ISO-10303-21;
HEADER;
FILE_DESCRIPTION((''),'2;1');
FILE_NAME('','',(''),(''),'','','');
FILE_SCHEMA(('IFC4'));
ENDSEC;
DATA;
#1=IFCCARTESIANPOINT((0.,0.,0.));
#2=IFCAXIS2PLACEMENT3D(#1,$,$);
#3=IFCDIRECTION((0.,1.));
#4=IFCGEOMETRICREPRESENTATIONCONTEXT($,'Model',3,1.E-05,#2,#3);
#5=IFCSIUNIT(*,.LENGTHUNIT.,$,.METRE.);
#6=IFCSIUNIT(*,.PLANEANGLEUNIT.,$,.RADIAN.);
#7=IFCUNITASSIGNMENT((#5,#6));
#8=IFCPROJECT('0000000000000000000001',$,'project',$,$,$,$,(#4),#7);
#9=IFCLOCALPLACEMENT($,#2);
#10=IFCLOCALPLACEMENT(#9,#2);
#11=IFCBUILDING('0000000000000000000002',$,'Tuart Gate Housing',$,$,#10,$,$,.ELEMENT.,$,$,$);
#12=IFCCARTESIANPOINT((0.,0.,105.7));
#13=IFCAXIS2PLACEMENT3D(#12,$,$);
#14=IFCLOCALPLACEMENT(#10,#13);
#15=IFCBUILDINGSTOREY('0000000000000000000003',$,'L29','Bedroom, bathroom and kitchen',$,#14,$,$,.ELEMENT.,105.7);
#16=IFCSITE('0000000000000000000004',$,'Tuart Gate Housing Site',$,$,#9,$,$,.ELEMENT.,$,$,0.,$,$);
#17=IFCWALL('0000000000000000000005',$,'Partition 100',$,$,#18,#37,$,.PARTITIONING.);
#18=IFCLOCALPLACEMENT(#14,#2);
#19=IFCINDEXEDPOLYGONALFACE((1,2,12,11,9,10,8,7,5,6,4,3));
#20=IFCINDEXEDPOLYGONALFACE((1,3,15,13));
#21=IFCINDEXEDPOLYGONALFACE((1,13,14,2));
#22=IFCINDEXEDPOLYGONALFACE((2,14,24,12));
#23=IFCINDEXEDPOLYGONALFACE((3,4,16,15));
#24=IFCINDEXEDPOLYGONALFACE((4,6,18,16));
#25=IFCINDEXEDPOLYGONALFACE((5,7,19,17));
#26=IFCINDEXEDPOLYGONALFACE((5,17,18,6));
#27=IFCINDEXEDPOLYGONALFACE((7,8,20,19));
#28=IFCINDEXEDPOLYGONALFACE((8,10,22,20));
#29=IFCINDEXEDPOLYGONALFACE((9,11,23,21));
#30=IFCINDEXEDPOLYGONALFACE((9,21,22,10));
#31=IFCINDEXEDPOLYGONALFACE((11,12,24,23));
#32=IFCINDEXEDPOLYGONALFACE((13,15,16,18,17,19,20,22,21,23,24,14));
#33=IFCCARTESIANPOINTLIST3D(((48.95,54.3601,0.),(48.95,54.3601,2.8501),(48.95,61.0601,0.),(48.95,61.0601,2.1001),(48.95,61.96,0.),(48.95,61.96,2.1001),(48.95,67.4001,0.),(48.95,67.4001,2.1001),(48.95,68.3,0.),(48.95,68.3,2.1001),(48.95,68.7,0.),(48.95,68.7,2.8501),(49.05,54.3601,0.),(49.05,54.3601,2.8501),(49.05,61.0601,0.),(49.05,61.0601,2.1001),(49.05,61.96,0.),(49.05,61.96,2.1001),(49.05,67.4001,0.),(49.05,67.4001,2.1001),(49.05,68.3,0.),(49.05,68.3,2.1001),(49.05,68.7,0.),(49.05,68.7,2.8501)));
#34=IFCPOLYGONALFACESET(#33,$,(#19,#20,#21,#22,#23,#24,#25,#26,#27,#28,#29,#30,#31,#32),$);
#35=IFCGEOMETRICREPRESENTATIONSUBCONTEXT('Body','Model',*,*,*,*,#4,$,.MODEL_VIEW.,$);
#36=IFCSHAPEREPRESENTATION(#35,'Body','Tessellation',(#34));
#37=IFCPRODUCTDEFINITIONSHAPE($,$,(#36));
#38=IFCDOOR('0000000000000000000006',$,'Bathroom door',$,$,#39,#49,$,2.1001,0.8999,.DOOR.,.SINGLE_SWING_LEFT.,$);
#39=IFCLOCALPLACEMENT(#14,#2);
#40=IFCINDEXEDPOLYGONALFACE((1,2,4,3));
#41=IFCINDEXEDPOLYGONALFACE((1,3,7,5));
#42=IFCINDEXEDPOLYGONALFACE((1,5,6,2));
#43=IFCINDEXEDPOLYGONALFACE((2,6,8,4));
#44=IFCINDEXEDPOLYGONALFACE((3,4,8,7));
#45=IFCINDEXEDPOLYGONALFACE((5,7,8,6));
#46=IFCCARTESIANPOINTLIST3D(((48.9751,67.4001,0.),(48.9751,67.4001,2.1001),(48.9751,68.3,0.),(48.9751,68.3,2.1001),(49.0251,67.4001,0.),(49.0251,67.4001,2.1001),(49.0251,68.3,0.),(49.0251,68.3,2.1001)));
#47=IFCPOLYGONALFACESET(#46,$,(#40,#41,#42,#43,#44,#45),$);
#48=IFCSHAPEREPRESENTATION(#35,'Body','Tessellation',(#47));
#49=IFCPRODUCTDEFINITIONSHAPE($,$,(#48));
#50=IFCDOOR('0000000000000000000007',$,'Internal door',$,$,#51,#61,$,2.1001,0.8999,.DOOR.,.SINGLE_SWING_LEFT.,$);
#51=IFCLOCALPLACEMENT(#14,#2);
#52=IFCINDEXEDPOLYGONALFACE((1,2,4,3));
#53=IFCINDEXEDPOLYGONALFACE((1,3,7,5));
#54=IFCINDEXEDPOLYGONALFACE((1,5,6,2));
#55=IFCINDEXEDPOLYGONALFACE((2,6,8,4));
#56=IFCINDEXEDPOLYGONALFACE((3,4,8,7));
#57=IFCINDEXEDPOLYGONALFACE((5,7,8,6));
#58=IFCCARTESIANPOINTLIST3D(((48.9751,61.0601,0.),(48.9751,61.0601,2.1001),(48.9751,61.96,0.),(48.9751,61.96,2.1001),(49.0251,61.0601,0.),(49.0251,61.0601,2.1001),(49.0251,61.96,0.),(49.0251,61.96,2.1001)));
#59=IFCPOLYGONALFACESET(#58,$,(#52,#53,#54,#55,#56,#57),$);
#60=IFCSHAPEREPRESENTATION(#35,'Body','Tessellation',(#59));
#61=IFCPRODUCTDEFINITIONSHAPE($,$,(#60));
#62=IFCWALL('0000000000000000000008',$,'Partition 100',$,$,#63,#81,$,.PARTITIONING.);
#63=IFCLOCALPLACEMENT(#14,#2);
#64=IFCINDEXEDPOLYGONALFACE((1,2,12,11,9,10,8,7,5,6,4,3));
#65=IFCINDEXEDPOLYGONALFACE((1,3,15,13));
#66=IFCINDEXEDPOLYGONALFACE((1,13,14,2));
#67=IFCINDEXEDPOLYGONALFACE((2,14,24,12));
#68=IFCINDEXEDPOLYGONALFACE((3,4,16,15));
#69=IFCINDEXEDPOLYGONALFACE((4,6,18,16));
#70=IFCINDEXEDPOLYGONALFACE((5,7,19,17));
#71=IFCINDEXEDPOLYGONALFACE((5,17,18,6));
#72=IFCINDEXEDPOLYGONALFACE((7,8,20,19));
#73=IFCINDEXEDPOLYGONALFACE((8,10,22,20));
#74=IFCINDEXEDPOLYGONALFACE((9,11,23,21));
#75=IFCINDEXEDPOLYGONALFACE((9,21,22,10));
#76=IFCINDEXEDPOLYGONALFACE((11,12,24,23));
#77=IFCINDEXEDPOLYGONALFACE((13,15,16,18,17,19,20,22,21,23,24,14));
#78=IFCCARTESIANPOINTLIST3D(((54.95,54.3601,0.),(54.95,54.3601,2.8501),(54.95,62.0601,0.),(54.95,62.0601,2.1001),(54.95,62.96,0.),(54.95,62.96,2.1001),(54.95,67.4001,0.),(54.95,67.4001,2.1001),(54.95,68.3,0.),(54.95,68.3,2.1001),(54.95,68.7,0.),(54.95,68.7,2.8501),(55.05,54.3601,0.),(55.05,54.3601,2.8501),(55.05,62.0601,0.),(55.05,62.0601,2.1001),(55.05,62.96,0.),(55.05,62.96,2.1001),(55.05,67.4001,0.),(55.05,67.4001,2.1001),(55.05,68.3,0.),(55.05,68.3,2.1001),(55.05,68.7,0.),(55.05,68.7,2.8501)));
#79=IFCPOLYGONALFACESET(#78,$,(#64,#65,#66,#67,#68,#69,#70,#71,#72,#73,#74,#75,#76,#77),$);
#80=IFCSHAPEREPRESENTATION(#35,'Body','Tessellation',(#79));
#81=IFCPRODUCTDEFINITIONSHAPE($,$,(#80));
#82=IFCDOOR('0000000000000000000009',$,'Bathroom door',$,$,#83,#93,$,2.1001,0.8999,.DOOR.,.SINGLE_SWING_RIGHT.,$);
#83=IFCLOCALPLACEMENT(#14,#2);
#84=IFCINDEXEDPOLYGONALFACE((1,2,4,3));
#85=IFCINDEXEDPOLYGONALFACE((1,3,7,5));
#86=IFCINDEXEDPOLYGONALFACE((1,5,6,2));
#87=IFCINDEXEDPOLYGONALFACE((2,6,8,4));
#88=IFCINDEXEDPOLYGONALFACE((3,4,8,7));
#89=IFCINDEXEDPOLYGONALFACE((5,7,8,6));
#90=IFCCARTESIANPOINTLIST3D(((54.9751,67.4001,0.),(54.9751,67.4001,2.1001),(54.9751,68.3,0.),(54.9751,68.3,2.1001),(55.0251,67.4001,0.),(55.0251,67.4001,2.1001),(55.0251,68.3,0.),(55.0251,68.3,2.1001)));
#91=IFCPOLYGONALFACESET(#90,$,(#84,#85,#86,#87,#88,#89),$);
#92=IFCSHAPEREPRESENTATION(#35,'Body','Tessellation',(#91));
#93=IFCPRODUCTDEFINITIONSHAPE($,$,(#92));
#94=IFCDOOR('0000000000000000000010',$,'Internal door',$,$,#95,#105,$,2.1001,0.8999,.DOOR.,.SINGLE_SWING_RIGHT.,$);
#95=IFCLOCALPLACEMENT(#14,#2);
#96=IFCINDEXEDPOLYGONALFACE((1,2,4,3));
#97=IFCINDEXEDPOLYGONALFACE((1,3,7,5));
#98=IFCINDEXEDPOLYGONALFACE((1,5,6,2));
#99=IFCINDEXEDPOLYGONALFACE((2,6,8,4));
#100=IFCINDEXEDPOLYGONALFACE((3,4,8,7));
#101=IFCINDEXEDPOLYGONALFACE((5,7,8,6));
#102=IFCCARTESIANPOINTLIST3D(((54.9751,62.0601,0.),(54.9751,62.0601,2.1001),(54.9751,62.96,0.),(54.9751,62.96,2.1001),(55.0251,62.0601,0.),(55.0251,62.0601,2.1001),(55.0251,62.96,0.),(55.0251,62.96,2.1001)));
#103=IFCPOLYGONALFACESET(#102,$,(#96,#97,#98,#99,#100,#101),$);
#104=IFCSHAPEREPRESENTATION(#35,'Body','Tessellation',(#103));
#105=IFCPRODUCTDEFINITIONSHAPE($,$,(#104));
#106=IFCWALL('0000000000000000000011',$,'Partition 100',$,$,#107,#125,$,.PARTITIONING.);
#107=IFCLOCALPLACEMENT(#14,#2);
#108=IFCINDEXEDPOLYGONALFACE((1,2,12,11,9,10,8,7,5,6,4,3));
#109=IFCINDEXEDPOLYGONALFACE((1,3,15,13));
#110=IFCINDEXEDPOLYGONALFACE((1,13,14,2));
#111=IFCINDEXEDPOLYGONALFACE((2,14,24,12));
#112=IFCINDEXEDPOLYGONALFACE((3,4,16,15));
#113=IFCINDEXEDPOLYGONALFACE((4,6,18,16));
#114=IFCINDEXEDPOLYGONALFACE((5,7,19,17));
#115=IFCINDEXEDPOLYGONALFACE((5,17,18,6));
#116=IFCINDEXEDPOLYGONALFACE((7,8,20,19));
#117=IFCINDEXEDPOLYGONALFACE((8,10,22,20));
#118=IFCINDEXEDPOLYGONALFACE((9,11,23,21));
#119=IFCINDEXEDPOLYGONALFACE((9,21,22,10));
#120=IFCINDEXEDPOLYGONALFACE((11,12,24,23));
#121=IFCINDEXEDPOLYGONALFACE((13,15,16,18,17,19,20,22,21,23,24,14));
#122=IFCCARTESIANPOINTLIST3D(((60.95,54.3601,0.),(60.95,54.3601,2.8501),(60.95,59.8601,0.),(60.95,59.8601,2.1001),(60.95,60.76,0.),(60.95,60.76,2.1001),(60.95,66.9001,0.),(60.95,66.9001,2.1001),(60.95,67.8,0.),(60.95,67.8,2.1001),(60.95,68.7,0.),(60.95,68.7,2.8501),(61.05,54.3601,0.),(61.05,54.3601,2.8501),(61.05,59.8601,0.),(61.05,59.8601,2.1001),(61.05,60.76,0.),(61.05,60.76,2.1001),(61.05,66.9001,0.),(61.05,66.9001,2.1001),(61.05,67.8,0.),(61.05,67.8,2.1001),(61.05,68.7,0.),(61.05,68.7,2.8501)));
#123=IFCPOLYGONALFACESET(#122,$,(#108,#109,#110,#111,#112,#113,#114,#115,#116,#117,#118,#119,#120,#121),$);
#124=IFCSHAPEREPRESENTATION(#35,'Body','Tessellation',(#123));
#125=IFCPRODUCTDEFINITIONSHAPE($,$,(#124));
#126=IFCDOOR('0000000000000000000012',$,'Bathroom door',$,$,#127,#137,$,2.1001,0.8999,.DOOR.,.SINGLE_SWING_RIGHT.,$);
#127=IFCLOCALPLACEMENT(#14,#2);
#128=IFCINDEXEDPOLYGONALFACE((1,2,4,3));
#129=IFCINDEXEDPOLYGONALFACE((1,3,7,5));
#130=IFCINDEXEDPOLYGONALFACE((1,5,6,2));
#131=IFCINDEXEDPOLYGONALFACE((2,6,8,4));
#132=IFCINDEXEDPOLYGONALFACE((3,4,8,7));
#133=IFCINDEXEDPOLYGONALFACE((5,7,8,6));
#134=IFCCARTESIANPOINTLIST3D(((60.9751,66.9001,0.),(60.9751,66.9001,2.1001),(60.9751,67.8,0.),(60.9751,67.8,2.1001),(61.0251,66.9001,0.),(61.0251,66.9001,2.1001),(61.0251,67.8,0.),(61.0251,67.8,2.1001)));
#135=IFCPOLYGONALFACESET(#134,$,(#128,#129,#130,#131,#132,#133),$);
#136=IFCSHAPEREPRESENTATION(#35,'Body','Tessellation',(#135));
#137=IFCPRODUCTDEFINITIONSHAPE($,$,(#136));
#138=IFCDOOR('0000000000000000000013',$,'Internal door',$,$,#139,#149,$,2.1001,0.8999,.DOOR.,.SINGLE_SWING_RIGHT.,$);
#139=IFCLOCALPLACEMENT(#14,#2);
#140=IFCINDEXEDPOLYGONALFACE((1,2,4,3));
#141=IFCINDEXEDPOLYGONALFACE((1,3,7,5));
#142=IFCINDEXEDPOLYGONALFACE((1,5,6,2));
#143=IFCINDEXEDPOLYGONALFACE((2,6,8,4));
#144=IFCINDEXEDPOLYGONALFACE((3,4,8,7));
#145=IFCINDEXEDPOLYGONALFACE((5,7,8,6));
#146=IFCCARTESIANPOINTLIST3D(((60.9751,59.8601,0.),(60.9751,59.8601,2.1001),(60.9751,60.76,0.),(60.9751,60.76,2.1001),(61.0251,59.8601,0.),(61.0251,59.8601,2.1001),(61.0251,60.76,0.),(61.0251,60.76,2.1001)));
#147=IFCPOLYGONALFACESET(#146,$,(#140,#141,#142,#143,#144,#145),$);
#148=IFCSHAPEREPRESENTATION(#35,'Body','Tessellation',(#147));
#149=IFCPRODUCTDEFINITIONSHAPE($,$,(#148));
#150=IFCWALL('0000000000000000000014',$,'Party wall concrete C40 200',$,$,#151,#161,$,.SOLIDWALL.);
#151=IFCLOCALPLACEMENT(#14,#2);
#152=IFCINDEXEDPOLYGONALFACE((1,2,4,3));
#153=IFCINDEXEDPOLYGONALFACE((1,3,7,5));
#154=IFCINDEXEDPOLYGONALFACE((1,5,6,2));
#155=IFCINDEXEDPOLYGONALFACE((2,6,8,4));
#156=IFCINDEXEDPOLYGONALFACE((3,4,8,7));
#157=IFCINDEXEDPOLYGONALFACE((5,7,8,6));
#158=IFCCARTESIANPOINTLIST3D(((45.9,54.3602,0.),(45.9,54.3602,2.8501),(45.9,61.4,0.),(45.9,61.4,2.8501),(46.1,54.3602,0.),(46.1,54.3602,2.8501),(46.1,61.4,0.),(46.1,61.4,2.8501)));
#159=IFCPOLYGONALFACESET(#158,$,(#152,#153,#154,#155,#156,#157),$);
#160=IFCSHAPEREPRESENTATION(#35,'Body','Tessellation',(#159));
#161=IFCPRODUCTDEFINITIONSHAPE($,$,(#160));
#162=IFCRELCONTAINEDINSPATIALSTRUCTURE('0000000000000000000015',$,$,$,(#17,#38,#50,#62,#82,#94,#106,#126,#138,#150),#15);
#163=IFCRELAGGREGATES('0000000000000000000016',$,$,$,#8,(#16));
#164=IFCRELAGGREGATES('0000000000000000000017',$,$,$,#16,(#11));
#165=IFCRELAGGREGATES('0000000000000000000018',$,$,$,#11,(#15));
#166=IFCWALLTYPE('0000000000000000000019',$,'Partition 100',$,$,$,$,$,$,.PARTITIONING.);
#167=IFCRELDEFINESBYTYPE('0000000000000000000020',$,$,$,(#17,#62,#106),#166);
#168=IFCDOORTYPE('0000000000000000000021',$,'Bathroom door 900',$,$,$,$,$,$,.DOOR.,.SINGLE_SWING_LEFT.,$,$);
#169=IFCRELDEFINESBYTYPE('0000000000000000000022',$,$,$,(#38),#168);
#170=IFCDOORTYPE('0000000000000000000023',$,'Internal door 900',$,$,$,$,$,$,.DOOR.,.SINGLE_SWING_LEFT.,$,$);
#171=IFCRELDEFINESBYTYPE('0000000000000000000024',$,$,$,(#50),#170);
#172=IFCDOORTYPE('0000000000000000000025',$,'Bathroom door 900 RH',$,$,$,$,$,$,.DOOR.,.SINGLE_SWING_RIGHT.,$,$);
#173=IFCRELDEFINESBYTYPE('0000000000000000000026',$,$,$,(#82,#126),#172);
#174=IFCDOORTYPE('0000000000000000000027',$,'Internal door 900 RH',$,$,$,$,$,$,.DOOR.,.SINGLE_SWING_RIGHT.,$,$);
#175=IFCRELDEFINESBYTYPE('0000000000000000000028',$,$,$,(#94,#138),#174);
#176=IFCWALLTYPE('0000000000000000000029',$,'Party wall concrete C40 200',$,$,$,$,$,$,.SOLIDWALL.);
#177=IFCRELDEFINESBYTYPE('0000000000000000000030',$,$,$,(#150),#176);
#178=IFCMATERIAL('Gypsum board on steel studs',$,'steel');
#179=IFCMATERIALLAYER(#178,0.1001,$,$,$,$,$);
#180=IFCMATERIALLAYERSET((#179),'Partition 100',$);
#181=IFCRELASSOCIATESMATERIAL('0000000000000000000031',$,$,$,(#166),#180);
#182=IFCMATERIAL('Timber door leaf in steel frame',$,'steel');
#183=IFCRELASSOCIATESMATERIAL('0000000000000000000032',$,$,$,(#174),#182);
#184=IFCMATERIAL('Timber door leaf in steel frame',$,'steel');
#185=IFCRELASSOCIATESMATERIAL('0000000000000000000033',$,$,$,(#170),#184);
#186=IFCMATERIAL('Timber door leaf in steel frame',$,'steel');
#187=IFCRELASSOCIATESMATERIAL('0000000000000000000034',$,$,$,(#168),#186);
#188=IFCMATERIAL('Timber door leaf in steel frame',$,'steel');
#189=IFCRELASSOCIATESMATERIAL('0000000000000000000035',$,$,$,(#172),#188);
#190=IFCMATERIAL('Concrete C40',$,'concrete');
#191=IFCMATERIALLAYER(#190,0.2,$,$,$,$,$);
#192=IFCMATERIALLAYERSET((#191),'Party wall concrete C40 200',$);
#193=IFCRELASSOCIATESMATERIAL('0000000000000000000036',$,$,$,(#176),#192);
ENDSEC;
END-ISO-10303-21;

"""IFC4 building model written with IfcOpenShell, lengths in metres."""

from ifc_helpers import new_model, si_unit, direction, frame, frame_2d, origin, place, context, subcontext, project, spatial, rectangle, extrude, material, layer, layer_set, type_object, element, fill, save


model = new_model("IFC4")

# Units and contexts
model_context = context("Model", 3, precision=1e-05, world=origin(), true_north=direction((0.0, 1.0)))
body_context = subcontext(model_context, "Body", "Model", "MODEL_VIEW")
ifc_project = project(units=[si_unit("LENGTHUNIT", "METRE"), si_unit("PLANEANGLEUNIT", "RADIAN")], contexts=[model_context])

# Site, building, storey
site_placement = place(None, origin())
site = spatial("IfcSite", under=ifc_project, at=site_placement, Name="Tuart Gate Housing Site", CompositionType="ELEMENT", RefElevation=0.0)
building_placement = place(site_placement, origin())
building = spatial("IfcBuilding", under=site, at=building_placement, Name="Tuart Gate Housing", CompositionType="ELEMENT")
storey_placement = place(building_placement, frame((0.0, 0.0, 105.7)))
storey = spatial("IfcBuildingStorey", under=building, at=storey_placement, Name="L29", Description="Bedroom, bathroom and kitchen", CompositionType="ELEMENT", Elevation=105.7)

# Shared definitions
ifc_material_1 = material(Name="Gypsum board on steel studs", Category="steel")
ifc_layer_1 = layer(ifc_material_1, 0.1001)
ifc_layer_set_1 = layer_set([ifc_layer_1], Name="Partition 100")
wall_type_1 = type_object("IfcWallType", Name="Partition 100", PredefinedType="PARTITIONING", material=ifc_layer_set_1)
ifc_material_2 = material(Name="Timber door leaf in steel frame", Category="steel")
door_type_1 = type_object("IfcDoorType", Name="Internal door 900 RH", OperationType="SINGLE_SWING_RIGHT", PredefinedType="DOOR", material=ifc_material_2)
ifc_material_3 = material(Name="Timber door leaf in steel frame", Category="steel")
door_type_2 = type_object("IfcDoorType", Name="Internal door 900", OperationType="SINGLE_SWING_LEFT", PredefinedType="DOOR", material=ifc_material_3)

# Walls, openings, doors
wall_1_placement = place(storey_placement, frame((49.0, 54.3601, 0.0), z_axis=(0.0, 0.0, 1.0), x_axis=(0.0, 1.0, 0.0)))
wall_1 = element("IfcWall", 1, at=wall_1_placement, inside=storey, type_object=wall_type_1, Name="Partition 100", PredefinedType="PARTITIONING", context=body_context, shape_type="SweptSolid", body=[
    extrude(rectangle(XDim=14.3398, YDim=0.1001, at=frame_2d((7.1699, 0.0))), origin(), (0.0, 0.0, 1.0), 2.8501),
])
opening_1_placement = place(wall_1_placement, frame((6.7, 0.0, 0.0)))
opening_1 = element("IfcOpeningElement", 2, at=opening_1_placement, cuts=wall_1, PredefinedType="OPENING", context=body_context, shape_type="SweptSolid", body=[
    extrude(rectangle(XDim=0.8999, YDim=2.1001, at=frame_2d((0.45, 1.05))), frame((0.0, 0.0601, 0.0), z_axis=(0.0, -1.0, 0.0), x_axis=(1.0, 0.0, 0.0)), (0.0, 0.0, 1.0), 0.1201),
])
opening_2_placement = place(wall_1_placement, frame((13.04, 0.0, 0.0)))
opening_2 = element("IfcOpeningElement", 3, at=opening_2_placement, cuts=wall_1, PredefinedType="OPENING", context=body_context, shape_type="SweptSolid", body=[
    extrude(rectangle(XDim=0.8999, YDim=2.1001, at=frame_2d((0.45, 1.05))), frame((0.0, 0.0601, 0.0), z_axis=(0.0, -1.0, 0.0), x_axis=(1.0, 0.0, 0.0)), (0.0, 0.0, 1.0), 0.1201),
])
ifc_material_4 = material(Name="Timber door leaf in steel frame", Category="steel")
door_type_3 = type_object("IfcDoorType", Name="Bathroom door 900", OperationType="SINGLE_SWING_LEFT", PredefinedType="DOOR", material=ifc_material_4)
door_1_placement = place(opening_2_placement, frame((0.8999, 0.0, 0.0), z_axis=(0.0, 0.0, 1.0), x_axis=(-1.0, 0.0, 0.0)))
door_1 = element("IfcDoor", 4, at=door_1_placement, inside=storey, type_object=door_type_3, Name="Bathroom door", OperationType="SINGLE_SWING_LEFT", OverallHeight=2.1001, OverallWidth=0.8999, PredefinedType="DOOR", context=body_context, shape_type="SweptSolid", body=[
    extrude(rectangle(XDim=0.8999, YDim=2.1001, at=frame_2d((0.45, 1.05))), frame((0.0, 0.0251, 0.0), z_axis=(0.0, -1.0, 0.0), x_axis=(1.0, 0.0, 0.0)), (0.0, 0.0, 1.0), 0.05),
])
fill(opening_2, door_1)
door_2_placement = place(opening_1_placement, frame((0.8999, 0.0, 0.0), z_axis=(0.0, 0.0, 1.0), x_axis=(-1.0, 0.0, 0.0)))
door_2 = element("IfcDoor", 5, at=door_2_placement, inside=storey, type_object=door_type_2, Name="Internal door", OperationType="SINGLE_SWING_LEFT", OverallHeight=2.1001, OverallWidth=0.8999, PredefinedType="DOOR", context=body_context, shape_type="SweptSolid", body=[
    extrude(rectangle(XDim=0.8999, YDim=2.1001, at=frame_2d((0.45, 1.05))), frame((0.0, 0.0251, 0.0), z_axis=(0.0, -1.0, 0.0), x_axis=(1.0, 0.0, 0.0)), (0.0, 0.0, 1.0), 0.05),
])
fill(opening_1, door_2)
wall_2_placement = place(storey_placement, frame((55.0, 54.3601, 0.0), z_axis=(0.0, 0.0, 1.0), x_axis=(0.0, 1.0, 0.0)))
wall_2 = element("IfcWall", 6, at=wall_2_placement, inside=storey, type_object=wall_type_1, Name="Partition 100", PredefinedType="PARTITIONING", context=body_context, shape_type="SweptSolid", body=[
    extrude(rectangle(XDim=14.3398, YDim=0.1001, at=frame_2d((7.1699, 0.0))), origin(), (0.0, 0.0, 1.0), 2.8501),
])
opening_3_placement = place(wall_2_placement, frame((7.7, 0.0, 0.0)))
opening_3 = element("IfcOpeningElement", 7, at=opening_3_placement, cuts=wall_2, PredefinedType="OPENING", context=body_context, shape_type="SweptSolid", body=[
    extrude(rectangle(XDim=0.8999, YDim=2.1001, at=frame_2d((0.45, 1.05))), frame((0.0, 0.0601, 0.0), z_axis=(0.0, -1.0, 0.0), x_axis=(1.0, 0.0, 0.0)), (0.0, 0.0, 1.0), 0.1201),
])
opening_4_placement = place(wall_2_placement, frame((13.04, 0.0, 0.0)))
opening_4 = element("IfcOpeningElement", 8, at=opening_4_placement, cuts=wall_2, PredefinedType="OPENING", context=body_context, shape_type="SweptSolid", body=[
    extrude(rectangle(XDim=0.8999, YDim=2.1001, at=frame_2d((0.45, 1.05))), frame((0.0, 0.0601, 0.0), z_axis=(0.0, -1.0, 0.0), x_axis=(1.0, 0.0, 0.0)), (0.0, 0.0, 1.0), 0.1201),
])
ifc_material_5 = material(Name="Timber door leaf in steel frame", Category="steel")
door_type_4 = type_object("IfcDoorType", Name="Bathroom door 900 RH", OperationType="SINGLE_SWING_RIGHT", PredefinedType="DOOR", material=ifc_material_5)
door_3_placement = place(opening_4_placement, origin())
door_3 = element("IfcDoor", 9, at=door_3_placement, inside=storey, type_object=door_type_4, Name="Bathroom door", OperationType="SINGLE_SWING_RIGHT", OverallHeight=2.1001, OverallWidth=0.8999, PredefinedType="DOOR", context=body_context, shape_type="SweptSolid", body=[
    extrude(rectangle(XDim=0.8999, YDim=2.1001, at=frame_2d((0.45, 1.05))), frame((0.0, 0.0249, 0.0), z_axis=(0.0, -1.0, 0.0), x_axis=(1.0, 0.0, 0.0)), (0.0, 0.0, 1.0), 0.05),
])
fill(opening_4, door_3)
door_4_placement = place(opening_3_placement, origin())
door_4 = element("IfcDoor", 10, at=door_4_placement, inside=storey, type_object=door_type_1, Name="Internal door", OperationType="SINGLE_SWING_RIGHT", OverallHeight=2.1001, OverallWidth=0.8999, PredefinedType="DOOR", context=body_context, shape_type="SweptSolid", body=[
    extrude(rectangle(XDim=0.8999, YDim=2.1001, at=frame_2d((0.45, 1.05))), frame((0.0, 0.0249, 0.0), z_axis=(0.0, -1.0, 0.0), x_axis=(1.0, 0.0, 0.0)), (0.0, 0.0, 1.0), 0.05),
])
fill(opening_3, door_4)
wall_3_placement = place(storey_placement, frame((61.0, 54.3601, 0.0), z_axis=(0.0, 0.0, 1.0), x_axis=(0.0, 1.0, 0.0)))
wall_3 = element("IfcWall", 11, at=wall_3_placement, inside=storey, type_object=wall_type_1, Name="Partition 100", PredefinedType="PARTITIONING", context=body_context, shape_type="SweptSolid", body=[
    extrude(rectangle(XDim=14.3398, YDim=0.1001, at=frame_2d((7.1699, 0.0))), origin(), (0.0, 0.0, 1.0), 2.8501),
])
opening_5_placement = place(wall_3_placement, frame((5.5, 0.0, 0.0)))
opening_5 = element("IfcOpeningElement", 12, at=opening_5_placement, cuts=wall_3, PredefinedType="OPENING", context=body_context, shape_type="SweptSolid", body=[
    extrude(rectangle(XDim=0.8999, YDim=2.1001, at=frame_2d((0.45, 1.05))), frame((0.0, 0.0601, 0.0), z_axis=(0.0, -1.0, 0.0), x_axis=(1.0, 0.0, 0.0)), (0.0, 0.0, 1.0), 0.1201),
])
opening_6_placement = place(wall_3_placement, frame((12.54, 0.0, 0.0)))
opening_6 = element("IfcOpeningElement", 13, at=opening_6_placement, cuts=wall_3, PredefinedType="OPENING", context=body_context, shape_type="SweptSolid", body=[
    extrude(rectangle(XDim=0.8999, YDim=2.1001, at=frame_2d((0.45, 1.05))), frame((0.0, 0.0601, 0.0), z_axis=(0.0, -1.0, 0.0), x_axis=(1.0, 0.0, 0.0)), (0.0, 0.0, 1.0), 0.1201),
])
door_5_placement = place(opening_6_placement, origin())
door_5 = element("IfcDoor", 14, at=door_5_placement, inside=storey, type_object=door_type_4, Name="Bathroom door", OperationType="SINGLE_SWING_RIGHT", OverallHeight=2.1001, OverallWidth=0.8999, PredefinedType="DOOR", context=body_context, shape_type="SweptSolid", body=[
    extrude(rectangle(XDim=0.8999, YDim=2.1001, at=frame_2d((0.45, 1.05))), frame((0.0, 0.0249, 0.0), z_axis=(0.0, -1.0, 0.0), x_axis=(1.0, 0.0, 0.0)), (0.0, 0.0, 1.0), 0.05),
])
fill(opening_6, door_5)
door_6_placement = place(opening_5_placement, origin())
door_6 = element("IfcDoor", 15, at=door_6_placement, inside=storey, type_object=door_type_1, Name="Internal door", OperationType="SINGLE_SWING_RIGHT", OverallHeight=2.1001, OverallWidth=0.8999, PredefinedType="DOOR", context=body_context, shape_type="SweptSolid", body=[
    extrude(rectangle(XDim=0.8999, YDim=2.1001, at=frame_2d((0.45, 1.05))), frame((0.0, 0.0249, 0.0), z_axis=(0.0, -1.0, 0.0), x_axis=(1.0, 0.0, 0.0)), (0.0, 0.0, 1.0), 0.05),
])
fill(opening_5, door_6)

# Wall
ifc_material_6 = material(Name="Concrete C40", Category="concrete")
ifc_layer_2 = layer(ifc_material_6, 0.2)
ifc_layer_set_2 = layer_set([ifc_layer_2], Name="Party wall concrete C40 200")
wall_type_2 = type_object("IfcWallType", Name="Party wall concrete C40 200", PredefinedType="SOLIDWALL", material=ifc_layer_set_2)
wall_4_placement = place(storey_placement, frame((46.0, 54.3601, 0.0), z_axis=(0.0, 0.0, 1.0), x_axis=(0.0, 1.0, 0.0)))
element("IfcWall", 16, at=wall_4_placement, inside=storey, type_object=wall_type_2, Name="Party wall concrete C40 200", PredefinedType="SOLIDWALL", context=body_context, shape_type="SweptSolid", body=[
    extrude(rectangle(XDim=7.0398, YDim=0.2, at=frame_2d((3.52, 0.0))), origin(), (0.0, 0.0, 1.0), 2.8501),
])

save(model, "model.ifc")
